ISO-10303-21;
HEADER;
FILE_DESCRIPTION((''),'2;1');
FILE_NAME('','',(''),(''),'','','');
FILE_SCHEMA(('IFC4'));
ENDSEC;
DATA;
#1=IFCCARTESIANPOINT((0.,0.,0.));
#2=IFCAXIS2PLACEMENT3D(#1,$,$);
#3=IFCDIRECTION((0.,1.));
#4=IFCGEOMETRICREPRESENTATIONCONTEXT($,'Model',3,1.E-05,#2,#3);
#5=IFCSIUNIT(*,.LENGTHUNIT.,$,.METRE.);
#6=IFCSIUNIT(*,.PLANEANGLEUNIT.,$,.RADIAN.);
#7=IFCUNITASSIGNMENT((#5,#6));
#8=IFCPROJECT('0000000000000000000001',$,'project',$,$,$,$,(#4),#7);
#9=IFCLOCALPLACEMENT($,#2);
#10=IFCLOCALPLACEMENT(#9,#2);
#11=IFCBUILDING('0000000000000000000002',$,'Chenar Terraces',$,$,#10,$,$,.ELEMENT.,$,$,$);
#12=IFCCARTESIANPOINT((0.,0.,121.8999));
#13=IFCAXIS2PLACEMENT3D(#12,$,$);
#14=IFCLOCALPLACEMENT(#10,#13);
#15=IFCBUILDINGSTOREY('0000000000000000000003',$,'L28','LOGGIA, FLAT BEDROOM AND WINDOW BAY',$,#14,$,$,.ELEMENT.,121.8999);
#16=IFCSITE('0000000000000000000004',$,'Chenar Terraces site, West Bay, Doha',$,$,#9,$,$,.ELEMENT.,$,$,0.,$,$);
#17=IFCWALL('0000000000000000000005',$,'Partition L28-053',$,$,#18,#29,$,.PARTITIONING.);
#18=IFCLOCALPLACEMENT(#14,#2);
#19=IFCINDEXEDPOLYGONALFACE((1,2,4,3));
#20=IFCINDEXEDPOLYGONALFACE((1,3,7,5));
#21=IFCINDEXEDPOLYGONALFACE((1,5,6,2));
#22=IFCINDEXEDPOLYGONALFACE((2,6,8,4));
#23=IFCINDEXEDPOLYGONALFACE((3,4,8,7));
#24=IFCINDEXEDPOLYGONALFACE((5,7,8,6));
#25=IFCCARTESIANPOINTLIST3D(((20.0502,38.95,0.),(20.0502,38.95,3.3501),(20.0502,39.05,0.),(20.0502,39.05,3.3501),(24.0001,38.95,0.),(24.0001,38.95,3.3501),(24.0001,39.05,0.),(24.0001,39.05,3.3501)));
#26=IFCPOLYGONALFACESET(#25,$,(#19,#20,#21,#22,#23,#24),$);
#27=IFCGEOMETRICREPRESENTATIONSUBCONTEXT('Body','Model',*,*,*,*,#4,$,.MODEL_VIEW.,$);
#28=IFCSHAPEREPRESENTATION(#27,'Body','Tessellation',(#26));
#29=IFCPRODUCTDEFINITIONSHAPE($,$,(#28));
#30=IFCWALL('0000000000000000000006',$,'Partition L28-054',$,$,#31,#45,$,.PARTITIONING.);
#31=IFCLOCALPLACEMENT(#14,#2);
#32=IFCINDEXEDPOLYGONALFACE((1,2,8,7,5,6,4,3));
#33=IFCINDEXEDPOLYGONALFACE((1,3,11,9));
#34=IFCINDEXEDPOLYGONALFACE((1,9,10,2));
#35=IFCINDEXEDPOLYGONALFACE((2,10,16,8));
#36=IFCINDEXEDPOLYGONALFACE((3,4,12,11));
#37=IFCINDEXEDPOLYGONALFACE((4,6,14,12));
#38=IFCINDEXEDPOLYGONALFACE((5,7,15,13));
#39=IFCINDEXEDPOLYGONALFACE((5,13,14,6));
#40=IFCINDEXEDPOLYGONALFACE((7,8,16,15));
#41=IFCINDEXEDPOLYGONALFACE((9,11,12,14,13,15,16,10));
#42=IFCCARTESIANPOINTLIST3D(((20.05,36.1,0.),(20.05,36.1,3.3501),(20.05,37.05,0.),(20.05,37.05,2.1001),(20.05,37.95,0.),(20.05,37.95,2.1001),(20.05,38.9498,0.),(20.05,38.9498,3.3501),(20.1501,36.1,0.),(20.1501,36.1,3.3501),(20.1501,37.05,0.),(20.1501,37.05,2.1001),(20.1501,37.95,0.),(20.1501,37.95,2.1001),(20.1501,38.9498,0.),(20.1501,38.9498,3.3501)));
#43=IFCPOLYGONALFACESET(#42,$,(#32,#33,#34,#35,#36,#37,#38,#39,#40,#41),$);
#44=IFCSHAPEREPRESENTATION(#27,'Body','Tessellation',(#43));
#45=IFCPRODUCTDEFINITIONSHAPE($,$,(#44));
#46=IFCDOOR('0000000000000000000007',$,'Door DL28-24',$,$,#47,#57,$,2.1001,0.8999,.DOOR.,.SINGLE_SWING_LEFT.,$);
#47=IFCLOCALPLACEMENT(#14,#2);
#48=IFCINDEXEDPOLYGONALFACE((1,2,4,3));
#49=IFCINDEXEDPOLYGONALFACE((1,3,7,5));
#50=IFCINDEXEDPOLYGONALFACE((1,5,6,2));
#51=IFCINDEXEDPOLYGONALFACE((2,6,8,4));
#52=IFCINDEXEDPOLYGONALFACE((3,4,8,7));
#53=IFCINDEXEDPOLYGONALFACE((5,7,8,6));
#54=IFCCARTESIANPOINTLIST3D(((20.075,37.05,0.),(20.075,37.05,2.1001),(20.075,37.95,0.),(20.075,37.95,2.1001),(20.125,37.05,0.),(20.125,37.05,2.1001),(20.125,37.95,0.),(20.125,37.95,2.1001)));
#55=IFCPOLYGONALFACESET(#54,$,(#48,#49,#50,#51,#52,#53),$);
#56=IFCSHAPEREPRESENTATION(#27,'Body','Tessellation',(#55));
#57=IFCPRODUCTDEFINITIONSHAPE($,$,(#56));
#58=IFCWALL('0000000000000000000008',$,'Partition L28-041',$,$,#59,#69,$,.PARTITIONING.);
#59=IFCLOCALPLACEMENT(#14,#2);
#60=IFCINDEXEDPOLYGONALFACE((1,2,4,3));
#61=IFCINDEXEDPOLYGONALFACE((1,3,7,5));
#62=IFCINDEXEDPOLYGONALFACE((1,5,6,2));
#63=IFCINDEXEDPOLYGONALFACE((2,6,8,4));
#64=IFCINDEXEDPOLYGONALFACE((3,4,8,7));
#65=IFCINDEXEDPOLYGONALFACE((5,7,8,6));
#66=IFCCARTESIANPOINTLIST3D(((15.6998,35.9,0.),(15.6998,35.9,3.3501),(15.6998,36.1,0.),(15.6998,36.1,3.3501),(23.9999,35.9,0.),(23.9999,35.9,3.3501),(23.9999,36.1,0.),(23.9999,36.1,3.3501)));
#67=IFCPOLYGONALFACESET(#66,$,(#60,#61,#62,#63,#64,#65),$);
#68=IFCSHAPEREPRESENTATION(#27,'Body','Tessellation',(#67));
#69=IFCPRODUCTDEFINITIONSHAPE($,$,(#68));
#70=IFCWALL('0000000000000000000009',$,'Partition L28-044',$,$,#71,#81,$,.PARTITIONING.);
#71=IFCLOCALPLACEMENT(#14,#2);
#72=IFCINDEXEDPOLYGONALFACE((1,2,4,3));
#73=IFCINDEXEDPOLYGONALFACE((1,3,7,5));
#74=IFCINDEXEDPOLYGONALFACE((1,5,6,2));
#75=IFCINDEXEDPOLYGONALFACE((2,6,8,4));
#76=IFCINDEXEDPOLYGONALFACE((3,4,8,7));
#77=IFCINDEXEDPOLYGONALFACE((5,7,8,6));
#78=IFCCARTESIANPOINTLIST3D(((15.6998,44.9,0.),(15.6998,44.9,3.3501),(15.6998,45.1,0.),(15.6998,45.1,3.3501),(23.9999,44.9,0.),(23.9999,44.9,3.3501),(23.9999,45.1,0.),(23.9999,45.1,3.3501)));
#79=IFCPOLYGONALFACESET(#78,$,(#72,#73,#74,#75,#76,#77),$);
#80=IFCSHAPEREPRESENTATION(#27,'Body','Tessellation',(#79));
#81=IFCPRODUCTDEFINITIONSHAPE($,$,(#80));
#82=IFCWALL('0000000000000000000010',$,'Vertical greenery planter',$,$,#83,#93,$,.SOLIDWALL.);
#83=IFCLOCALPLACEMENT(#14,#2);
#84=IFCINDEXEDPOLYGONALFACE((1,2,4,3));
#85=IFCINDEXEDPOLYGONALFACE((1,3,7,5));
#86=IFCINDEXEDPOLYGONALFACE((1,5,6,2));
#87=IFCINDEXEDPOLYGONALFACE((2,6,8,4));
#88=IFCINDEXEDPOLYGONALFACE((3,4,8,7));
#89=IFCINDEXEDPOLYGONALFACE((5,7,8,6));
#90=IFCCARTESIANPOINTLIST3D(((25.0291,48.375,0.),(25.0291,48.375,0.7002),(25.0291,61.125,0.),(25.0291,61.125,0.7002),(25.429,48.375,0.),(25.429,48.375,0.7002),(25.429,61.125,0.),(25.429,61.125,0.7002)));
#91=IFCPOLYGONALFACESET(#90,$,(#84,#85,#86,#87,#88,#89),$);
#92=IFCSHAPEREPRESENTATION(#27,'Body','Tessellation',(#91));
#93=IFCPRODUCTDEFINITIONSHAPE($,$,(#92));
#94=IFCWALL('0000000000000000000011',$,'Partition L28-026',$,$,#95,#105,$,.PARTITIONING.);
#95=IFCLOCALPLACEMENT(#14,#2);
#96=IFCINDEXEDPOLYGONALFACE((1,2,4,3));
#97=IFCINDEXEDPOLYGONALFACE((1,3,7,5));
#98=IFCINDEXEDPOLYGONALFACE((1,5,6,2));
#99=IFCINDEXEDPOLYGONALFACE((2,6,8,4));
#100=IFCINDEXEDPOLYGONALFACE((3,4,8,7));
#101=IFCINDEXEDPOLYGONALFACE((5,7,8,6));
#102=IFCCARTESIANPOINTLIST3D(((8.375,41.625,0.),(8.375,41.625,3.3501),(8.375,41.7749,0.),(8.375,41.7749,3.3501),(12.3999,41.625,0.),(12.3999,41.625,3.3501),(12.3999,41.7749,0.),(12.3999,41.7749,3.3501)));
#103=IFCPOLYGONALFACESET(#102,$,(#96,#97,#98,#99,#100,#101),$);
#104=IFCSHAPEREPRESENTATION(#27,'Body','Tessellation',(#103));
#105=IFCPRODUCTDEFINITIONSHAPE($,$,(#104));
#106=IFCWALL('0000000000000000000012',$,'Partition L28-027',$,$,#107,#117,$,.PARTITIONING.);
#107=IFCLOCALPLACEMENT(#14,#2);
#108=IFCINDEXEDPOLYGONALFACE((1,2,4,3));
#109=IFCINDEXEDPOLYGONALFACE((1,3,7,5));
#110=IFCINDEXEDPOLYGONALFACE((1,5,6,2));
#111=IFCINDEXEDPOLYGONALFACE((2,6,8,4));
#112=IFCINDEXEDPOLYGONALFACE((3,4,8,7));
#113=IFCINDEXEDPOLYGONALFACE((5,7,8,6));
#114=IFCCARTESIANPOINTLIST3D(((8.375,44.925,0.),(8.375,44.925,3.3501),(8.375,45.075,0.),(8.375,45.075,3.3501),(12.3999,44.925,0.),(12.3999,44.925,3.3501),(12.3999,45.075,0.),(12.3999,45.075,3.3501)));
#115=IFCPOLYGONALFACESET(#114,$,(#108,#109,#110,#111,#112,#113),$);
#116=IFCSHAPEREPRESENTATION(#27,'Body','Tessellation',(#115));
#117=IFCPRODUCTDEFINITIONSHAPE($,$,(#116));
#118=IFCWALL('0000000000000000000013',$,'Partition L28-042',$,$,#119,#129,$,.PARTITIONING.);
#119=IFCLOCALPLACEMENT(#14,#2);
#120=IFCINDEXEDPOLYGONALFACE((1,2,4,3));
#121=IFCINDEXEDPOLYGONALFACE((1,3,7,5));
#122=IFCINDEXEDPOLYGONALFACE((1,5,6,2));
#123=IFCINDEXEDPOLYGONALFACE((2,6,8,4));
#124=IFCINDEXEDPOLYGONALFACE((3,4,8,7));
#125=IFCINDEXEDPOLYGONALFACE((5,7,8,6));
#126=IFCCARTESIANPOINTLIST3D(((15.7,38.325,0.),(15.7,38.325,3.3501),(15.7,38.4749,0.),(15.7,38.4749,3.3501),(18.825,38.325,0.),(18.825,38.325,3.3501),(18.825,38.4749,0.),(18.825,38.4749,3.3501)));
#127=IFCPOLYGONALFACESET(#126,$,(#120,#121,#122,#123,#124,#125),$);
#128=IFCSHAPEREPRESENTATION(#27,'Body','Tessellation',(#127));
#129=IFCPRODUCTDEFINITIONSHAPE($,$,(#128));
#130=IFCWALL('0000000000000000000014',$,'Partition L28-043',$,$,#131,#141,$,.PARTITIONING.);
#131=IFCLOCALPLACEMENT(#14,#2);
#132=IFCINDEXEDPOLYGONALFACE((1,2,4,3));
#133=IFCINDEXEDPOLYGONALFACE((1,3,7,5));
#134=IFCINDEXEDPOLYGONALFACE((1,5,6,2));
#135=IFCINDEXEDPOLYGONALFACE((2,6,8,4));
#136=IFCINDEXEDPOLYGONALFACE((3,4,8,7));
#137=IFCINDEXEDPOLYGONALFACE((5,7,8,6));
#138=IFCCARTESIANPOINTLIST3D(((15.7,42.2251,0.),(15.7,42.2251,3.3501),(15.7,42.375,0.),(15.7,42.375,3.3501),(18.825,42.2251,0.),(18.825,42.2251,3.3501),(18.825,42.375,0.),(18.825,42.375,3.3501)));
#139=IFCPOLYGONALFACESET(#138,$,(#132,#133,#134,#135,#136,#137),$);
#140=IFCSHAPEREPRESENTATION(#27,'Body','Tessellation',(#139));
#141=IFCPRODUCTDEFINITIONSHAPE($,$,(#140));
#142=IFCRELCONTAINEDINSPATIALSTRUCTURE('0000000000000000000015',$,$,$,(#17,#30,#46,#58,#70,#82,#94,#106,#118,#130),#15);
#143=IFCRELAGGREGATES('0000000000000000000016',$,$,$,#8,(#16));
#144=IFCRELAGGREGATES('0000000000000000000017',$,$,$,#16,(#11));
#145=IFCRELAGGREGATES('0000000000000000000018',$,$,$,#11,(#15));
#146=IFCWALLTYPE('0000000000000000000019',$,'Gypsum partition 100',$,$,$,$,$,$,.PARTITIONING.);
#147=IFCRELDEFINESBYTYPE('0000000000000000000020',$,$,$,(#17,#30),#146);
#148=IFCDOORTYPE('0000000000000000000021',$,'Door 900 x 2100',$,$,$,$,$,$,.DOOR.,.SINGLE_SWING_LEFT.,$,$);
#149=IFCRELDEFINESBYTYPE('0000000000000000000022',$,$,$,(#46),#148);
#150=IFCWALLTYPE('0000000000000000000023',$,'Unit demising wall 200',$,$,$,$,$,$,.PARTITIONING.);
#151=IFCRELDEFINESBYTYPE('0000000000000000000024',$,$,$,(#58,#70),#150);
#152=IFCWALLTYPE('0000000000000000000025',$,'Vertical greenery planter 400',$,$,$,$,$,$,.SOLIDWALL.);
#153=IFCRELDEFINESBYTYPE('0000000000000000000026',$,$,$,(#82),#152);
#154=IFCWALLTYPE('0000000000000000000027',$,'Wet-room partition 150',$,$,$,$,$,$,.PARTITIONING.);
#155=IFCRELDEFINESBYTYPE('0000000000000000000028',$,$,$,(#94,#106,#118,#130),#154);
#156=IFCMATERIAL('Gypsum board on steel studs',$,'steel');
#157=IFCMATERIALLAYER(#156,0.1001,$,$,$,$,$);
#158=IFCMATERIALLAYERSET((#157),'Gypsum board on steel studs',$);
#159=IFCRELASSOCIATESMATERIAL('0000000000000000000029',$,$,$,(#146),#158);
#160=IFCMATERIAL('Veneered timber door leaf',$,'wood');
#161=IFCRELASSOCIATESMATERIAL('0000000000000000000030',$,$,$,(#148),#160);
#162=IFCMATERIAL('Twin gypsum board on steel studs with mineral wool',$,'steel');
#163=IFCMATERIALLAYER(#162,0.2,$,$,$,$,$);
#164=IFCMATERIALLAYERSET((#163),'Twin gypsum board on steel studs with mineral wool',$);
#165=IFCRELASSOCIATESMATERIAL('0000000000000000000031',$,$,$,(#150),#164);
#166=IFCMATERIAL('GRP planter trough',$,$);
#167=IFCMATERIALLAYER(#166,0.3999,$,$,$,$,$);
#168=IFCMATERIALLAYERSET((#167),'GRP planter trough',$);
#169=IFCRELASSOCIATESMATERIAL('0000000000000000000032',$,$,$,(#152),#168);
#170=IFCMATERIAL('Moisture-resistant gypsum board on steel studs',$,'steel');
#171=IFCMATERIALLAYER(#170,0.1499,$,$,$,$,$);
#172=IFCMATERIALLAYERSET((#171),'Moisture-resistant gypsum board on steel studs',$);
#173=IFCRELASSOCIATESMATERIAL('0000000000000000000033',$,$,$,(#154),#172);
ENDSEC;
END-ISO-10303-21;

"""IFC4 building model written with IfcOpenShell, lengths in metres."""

from ifc_helpers import new_model, si_unit, direction, frame, frame_2d, origin, place, context, subcontext, project, spatial, rectangle, extrude, material, layer, layer_set, type_object, element, fill, save


model = new_model("IFC4")

# Units and contexts
model_context = context("Model", 3, precision=1e-05, world=origin(), true_north=direction((0.0, 1.0)))
body_context = subcontext(model_context, "Body", "Model", "MODEL_VIEW")
ifc_project = project(units=[si_unit("LENGTHUNIT", "METRE"), si_unit("PLANEANGLEUNIT", "RADIAN")], contexts=[model_context])

# Site, building, storey
site_placement = place(None, origin())
site = spatial("IfcSite", under=ifc_project, at=site_placement, Name="Chenar Terraces site, West Bay, Doha", CompositionType="ELEMENT", RefElevation=0.0)
building_placement = place(site_placement, origin())
building = spatial("IfcBuilding", under=site, at=building_placement, Name="Chenar Terraces", CompositionType="ELEMENT")
storey_placement = place(building_placement, frame((0.0, 0.0, 121.8999)))
storey = spatial("IfcBuildingStorey", under=building, at=storey_placement, Name="L28", Description="LOGGIA, FLAT BEDROOM AND WINDOW BAY", CompositionType="ELEMENT", Elevation=121.8999)

# Wall
ifc_material_1 = material(Name="Gypsum board on steel studs", Category="steel")
ifc_layer_1 = layer(ifc_material_1, 0.1001)
ifc_layer_set_1 = layer_set([ifc_layer_1], Name="Gypsum board on steel studs")
wall_type_1 = type_object("IfcWallType", Name="Gypsum partition 100", PredefinedType="PARTITIONING", material=ifc_layer_set_1)
wall_1_placement = place(storey_placement, frame((20.05, 39.0, 0.0), z_axis=(0.0, 0.0, 1.0), x_axis=(1.0, 0.0, 0.0)))
element("IfcWall", 1, at=wall_1_placement, inside=storey, type_object=wall_type_1, Name="Partition L28-053", PredefinedType="PARTITIONING", context=body_context, shape_type="SweptSolid", body=[
    extrude(rectangle(XDim=3.95, YDim=0.1001, at=frame_2d((1.9751, 0.0))), origin(), (0.0, 0.0, 1.0), 3.3501),
])

# Wall, opening, door
wall_2_placement = place(storey_placement, frame((20.1001, 36.1001, 0.0), z_axis=(0.0, 0.0, 1.0), x_axis=(0.0, 1.0, 0.0)))
wall_2 = element("IfcWall", 2, at=wall_2_placement, inside=storey, type_object=wall_type_1, Name="Partition L28-054", PredefinedType="PARTITIONING", context=body_context, shape_type="SweptSolid", body=[
    extrude(rectangle(XDim=2.8499, YDim=0.1001, at=frame_2d((1.4248, 0.0))), origin(), (0.0, 0.0, 1.0), 3.3501),
])
opening_1_placement = place(wall_2_placement, frame((0.95, 0.0, 0.0)))
opening_1 = element("IfcOpeningElement", 3, at=opening_1_placement, cuts=wall_2, PredefinedType="OPENING", context=body_context, shape_type="SweptSolid", body=[
    extrude(rectangle(XDim=0.8999, YDim=2.1001, at=frame_2d((0.45, 1.05))), frame((0.0, 0.0601, 0.0), z_axis=(0.0, -1.0, 0.0), x_axis=(1.0, 0.0, 0.0)), (0.0, 0.0, 1.0), 0.1201),
])
ifc_material_2 = material(Name="Veneered timber door leaf", Category="wood")
door_type_1 = type_object("IfcDoorType", Name="Door 900 x 2100", OperationType="SINGLE_SWING_LEFT", PredefinedType="DOOR", material=ifc_material_2)
door_1_placement = place(opening_1_placement, frame((0.8999, 0.0, 0.0), z_axis=(0.0, 0.0, 1.0), x_axis=(-1.0, 0.0, 0.0)))
door_1 = element("IfcDoor", 4, at=door_1_placement, inside=storey, type_object=door_type_1, Name="Door DL28-24", OperationType="SINGLE_SWING_LEFT", OverallHeight=2.1001, OverallWidth=0.8999, PredefinedType="DOOR", context=body_context, shape_type="SweptSolid", body=[
    extrude(rectangle(XDim=0.8999, YDim=2.1001, at=frame_2d((0.45, 1.05))), frame((0.0, 0.0249, 0.0), z_axis=(0.0, -1.0, 0.0), x_axis=(1.0, 0.0, 0.0)), (0.0, 0.0, 1.0), 0.05),
])
fill(opening_1, door_1)

# Walls
ifc_material_3 = material(Name="Twin gypsum board on steel studs with mineral wool", Category="steel")
ifc_layer_2 = layer(ifc_material_3, 0.2)
ifc_layer_set_2 = layer_set([ifc_layer_2], Name="Twin gypsum board on steel studs with mineral wool")
wall_type_2 = type_object("IfcWallType", Name="Unit demising wall 200", PredefinedType="PARTITIONING", material=ifc_layer_set_2)
for number, where, z_axis, x_axis, name in (
    (5, (15.7, 36.0, 0.0), (0.0, 0.0, 1.0), (1.0, 0.0, 0.0), "Partition L28-041"),
    (6, (15.7, 45.0, 0.0), (0.0, 0.0, 1.0), (1.0, 0.0, 0.0), "Partition L28-044"),
):
    element("IfcWall", number, at=place(storey_placement, frame(where, z_axis=z_axis, x_axis=x_axis)), inside=storey, type_object=wall_type_2, Name=name, PredefinedType="PARTITIONING", context=body_context, shape_type="SweptSolid", body=[
        extrude(rectangle(XDim=8.3, YDim=0.2, at=frame_2d((4.1499, 0.0))), origin(), (0.0, 0.0, 1.0), 3.3501),
    ])
ifc_material_4 = material(Name="GRP planter trough")
ifc_layer_3 = layer(ifc_material_4, 0.3999)
ifc_layer_set_3 = layer_set([ifc_layer_3], Name="GRP planter trough")
wall_type_3 = type_object("IfcWallType", Name="Vertical greenery planter 400", PredefinedType="SOLIDWALL", material=ifc_layer_set_3)
wall_3_placement = place(storey_placement, frame((25.229, 48.375, 0.0), z_axis=(0.0, 0.0, 1.0), x_axis=(0.0, 1.0, 0.0)))
element("IfcWall", 7, at=wall_3_placement, inside=storey, type_object=wall_type_3, Name="Vertical greenery planter", PredefinedType="SOLIDWALL", context=body_context, shape_type="SweptSolid", body=[
    extrude(rectangle(XDim=12.75, YDim=0.3999, at=frame_2d((6.375, 0.0))), origin(), (0.0, 0.0, 1.0), 0.7002),
])
ifc_material_5 = material(Name="Moisture-resistant gypsum board on steel studs", Category="steel")
ifc_layer_4 = layer(ifc_material_5, 0.1499)
ifc_layer_set_4 = layer_set([ifc_layer_4], Name="Moisture-resistant gypsum board on steel studs")
wall_type_4 = type_object("IfcWallType", Name="Wet-room partition 150", PredefinedType="PARTITIONING", material=ifc_layer_set_4)
for number, where, z_axis, x_axis, name in (
    (8, (8.375, 41.7, 0.0), (0.0, 0.0, 1.0), (1.0, 0.0, 0.0), "Partition L28-026"),
    (9, (8.375, 45.0, 0.0), (0.0, 0.0, 1.0), (1.0, 0.0, 0.0), "Partition L28-027"),
):
    element("IfcWall", number, at=place(storey_placement, frame(where, z_axis=z_axis, x_axis=x_axis)), inside=storey, type_object=wall_type_4, Name=name, PredefinedType="PARTITIONING", context=body_context, shape_type="SweptSolid", body=[
        extrude(rectangle(XDim=4.0249, YDim=0.1499, at=frame_2d((2.0125, 0.0))), origin(), (0.0, 0.0, 1.0), 3.3501),
    ])
for number, where, z_axis, x_axis, name in (
    (10, (15.7, 38.3999, 0.0), (0.0, 0.0, 1.0), (1.0, 0.0, 0.0), "Partition L28-042"),
    (11, (15.7, 42.3, 0.0), (0.0, 0.0, 1.0), (1.0, 0.0, 0.0), "Partition L28-043"),
):
    element("IfcWall", number, at=place(storey_placement, frame(where, z_axis=z_axis, x_axis=x_axis)), inside=storey, type_object=wall_type_4, Name=name, PredefinedType="PARTITIONING", context=body_context, shape_type="SweptSolid", body=[
        extrude(rectangle(XDim=3.125, YDim=0.1499, at=frame_2d((1.5625, 0.0))), origin(), (0.0, 0.0, 1.0), 3.3501),
    ])

save(model, "model.ifc")
